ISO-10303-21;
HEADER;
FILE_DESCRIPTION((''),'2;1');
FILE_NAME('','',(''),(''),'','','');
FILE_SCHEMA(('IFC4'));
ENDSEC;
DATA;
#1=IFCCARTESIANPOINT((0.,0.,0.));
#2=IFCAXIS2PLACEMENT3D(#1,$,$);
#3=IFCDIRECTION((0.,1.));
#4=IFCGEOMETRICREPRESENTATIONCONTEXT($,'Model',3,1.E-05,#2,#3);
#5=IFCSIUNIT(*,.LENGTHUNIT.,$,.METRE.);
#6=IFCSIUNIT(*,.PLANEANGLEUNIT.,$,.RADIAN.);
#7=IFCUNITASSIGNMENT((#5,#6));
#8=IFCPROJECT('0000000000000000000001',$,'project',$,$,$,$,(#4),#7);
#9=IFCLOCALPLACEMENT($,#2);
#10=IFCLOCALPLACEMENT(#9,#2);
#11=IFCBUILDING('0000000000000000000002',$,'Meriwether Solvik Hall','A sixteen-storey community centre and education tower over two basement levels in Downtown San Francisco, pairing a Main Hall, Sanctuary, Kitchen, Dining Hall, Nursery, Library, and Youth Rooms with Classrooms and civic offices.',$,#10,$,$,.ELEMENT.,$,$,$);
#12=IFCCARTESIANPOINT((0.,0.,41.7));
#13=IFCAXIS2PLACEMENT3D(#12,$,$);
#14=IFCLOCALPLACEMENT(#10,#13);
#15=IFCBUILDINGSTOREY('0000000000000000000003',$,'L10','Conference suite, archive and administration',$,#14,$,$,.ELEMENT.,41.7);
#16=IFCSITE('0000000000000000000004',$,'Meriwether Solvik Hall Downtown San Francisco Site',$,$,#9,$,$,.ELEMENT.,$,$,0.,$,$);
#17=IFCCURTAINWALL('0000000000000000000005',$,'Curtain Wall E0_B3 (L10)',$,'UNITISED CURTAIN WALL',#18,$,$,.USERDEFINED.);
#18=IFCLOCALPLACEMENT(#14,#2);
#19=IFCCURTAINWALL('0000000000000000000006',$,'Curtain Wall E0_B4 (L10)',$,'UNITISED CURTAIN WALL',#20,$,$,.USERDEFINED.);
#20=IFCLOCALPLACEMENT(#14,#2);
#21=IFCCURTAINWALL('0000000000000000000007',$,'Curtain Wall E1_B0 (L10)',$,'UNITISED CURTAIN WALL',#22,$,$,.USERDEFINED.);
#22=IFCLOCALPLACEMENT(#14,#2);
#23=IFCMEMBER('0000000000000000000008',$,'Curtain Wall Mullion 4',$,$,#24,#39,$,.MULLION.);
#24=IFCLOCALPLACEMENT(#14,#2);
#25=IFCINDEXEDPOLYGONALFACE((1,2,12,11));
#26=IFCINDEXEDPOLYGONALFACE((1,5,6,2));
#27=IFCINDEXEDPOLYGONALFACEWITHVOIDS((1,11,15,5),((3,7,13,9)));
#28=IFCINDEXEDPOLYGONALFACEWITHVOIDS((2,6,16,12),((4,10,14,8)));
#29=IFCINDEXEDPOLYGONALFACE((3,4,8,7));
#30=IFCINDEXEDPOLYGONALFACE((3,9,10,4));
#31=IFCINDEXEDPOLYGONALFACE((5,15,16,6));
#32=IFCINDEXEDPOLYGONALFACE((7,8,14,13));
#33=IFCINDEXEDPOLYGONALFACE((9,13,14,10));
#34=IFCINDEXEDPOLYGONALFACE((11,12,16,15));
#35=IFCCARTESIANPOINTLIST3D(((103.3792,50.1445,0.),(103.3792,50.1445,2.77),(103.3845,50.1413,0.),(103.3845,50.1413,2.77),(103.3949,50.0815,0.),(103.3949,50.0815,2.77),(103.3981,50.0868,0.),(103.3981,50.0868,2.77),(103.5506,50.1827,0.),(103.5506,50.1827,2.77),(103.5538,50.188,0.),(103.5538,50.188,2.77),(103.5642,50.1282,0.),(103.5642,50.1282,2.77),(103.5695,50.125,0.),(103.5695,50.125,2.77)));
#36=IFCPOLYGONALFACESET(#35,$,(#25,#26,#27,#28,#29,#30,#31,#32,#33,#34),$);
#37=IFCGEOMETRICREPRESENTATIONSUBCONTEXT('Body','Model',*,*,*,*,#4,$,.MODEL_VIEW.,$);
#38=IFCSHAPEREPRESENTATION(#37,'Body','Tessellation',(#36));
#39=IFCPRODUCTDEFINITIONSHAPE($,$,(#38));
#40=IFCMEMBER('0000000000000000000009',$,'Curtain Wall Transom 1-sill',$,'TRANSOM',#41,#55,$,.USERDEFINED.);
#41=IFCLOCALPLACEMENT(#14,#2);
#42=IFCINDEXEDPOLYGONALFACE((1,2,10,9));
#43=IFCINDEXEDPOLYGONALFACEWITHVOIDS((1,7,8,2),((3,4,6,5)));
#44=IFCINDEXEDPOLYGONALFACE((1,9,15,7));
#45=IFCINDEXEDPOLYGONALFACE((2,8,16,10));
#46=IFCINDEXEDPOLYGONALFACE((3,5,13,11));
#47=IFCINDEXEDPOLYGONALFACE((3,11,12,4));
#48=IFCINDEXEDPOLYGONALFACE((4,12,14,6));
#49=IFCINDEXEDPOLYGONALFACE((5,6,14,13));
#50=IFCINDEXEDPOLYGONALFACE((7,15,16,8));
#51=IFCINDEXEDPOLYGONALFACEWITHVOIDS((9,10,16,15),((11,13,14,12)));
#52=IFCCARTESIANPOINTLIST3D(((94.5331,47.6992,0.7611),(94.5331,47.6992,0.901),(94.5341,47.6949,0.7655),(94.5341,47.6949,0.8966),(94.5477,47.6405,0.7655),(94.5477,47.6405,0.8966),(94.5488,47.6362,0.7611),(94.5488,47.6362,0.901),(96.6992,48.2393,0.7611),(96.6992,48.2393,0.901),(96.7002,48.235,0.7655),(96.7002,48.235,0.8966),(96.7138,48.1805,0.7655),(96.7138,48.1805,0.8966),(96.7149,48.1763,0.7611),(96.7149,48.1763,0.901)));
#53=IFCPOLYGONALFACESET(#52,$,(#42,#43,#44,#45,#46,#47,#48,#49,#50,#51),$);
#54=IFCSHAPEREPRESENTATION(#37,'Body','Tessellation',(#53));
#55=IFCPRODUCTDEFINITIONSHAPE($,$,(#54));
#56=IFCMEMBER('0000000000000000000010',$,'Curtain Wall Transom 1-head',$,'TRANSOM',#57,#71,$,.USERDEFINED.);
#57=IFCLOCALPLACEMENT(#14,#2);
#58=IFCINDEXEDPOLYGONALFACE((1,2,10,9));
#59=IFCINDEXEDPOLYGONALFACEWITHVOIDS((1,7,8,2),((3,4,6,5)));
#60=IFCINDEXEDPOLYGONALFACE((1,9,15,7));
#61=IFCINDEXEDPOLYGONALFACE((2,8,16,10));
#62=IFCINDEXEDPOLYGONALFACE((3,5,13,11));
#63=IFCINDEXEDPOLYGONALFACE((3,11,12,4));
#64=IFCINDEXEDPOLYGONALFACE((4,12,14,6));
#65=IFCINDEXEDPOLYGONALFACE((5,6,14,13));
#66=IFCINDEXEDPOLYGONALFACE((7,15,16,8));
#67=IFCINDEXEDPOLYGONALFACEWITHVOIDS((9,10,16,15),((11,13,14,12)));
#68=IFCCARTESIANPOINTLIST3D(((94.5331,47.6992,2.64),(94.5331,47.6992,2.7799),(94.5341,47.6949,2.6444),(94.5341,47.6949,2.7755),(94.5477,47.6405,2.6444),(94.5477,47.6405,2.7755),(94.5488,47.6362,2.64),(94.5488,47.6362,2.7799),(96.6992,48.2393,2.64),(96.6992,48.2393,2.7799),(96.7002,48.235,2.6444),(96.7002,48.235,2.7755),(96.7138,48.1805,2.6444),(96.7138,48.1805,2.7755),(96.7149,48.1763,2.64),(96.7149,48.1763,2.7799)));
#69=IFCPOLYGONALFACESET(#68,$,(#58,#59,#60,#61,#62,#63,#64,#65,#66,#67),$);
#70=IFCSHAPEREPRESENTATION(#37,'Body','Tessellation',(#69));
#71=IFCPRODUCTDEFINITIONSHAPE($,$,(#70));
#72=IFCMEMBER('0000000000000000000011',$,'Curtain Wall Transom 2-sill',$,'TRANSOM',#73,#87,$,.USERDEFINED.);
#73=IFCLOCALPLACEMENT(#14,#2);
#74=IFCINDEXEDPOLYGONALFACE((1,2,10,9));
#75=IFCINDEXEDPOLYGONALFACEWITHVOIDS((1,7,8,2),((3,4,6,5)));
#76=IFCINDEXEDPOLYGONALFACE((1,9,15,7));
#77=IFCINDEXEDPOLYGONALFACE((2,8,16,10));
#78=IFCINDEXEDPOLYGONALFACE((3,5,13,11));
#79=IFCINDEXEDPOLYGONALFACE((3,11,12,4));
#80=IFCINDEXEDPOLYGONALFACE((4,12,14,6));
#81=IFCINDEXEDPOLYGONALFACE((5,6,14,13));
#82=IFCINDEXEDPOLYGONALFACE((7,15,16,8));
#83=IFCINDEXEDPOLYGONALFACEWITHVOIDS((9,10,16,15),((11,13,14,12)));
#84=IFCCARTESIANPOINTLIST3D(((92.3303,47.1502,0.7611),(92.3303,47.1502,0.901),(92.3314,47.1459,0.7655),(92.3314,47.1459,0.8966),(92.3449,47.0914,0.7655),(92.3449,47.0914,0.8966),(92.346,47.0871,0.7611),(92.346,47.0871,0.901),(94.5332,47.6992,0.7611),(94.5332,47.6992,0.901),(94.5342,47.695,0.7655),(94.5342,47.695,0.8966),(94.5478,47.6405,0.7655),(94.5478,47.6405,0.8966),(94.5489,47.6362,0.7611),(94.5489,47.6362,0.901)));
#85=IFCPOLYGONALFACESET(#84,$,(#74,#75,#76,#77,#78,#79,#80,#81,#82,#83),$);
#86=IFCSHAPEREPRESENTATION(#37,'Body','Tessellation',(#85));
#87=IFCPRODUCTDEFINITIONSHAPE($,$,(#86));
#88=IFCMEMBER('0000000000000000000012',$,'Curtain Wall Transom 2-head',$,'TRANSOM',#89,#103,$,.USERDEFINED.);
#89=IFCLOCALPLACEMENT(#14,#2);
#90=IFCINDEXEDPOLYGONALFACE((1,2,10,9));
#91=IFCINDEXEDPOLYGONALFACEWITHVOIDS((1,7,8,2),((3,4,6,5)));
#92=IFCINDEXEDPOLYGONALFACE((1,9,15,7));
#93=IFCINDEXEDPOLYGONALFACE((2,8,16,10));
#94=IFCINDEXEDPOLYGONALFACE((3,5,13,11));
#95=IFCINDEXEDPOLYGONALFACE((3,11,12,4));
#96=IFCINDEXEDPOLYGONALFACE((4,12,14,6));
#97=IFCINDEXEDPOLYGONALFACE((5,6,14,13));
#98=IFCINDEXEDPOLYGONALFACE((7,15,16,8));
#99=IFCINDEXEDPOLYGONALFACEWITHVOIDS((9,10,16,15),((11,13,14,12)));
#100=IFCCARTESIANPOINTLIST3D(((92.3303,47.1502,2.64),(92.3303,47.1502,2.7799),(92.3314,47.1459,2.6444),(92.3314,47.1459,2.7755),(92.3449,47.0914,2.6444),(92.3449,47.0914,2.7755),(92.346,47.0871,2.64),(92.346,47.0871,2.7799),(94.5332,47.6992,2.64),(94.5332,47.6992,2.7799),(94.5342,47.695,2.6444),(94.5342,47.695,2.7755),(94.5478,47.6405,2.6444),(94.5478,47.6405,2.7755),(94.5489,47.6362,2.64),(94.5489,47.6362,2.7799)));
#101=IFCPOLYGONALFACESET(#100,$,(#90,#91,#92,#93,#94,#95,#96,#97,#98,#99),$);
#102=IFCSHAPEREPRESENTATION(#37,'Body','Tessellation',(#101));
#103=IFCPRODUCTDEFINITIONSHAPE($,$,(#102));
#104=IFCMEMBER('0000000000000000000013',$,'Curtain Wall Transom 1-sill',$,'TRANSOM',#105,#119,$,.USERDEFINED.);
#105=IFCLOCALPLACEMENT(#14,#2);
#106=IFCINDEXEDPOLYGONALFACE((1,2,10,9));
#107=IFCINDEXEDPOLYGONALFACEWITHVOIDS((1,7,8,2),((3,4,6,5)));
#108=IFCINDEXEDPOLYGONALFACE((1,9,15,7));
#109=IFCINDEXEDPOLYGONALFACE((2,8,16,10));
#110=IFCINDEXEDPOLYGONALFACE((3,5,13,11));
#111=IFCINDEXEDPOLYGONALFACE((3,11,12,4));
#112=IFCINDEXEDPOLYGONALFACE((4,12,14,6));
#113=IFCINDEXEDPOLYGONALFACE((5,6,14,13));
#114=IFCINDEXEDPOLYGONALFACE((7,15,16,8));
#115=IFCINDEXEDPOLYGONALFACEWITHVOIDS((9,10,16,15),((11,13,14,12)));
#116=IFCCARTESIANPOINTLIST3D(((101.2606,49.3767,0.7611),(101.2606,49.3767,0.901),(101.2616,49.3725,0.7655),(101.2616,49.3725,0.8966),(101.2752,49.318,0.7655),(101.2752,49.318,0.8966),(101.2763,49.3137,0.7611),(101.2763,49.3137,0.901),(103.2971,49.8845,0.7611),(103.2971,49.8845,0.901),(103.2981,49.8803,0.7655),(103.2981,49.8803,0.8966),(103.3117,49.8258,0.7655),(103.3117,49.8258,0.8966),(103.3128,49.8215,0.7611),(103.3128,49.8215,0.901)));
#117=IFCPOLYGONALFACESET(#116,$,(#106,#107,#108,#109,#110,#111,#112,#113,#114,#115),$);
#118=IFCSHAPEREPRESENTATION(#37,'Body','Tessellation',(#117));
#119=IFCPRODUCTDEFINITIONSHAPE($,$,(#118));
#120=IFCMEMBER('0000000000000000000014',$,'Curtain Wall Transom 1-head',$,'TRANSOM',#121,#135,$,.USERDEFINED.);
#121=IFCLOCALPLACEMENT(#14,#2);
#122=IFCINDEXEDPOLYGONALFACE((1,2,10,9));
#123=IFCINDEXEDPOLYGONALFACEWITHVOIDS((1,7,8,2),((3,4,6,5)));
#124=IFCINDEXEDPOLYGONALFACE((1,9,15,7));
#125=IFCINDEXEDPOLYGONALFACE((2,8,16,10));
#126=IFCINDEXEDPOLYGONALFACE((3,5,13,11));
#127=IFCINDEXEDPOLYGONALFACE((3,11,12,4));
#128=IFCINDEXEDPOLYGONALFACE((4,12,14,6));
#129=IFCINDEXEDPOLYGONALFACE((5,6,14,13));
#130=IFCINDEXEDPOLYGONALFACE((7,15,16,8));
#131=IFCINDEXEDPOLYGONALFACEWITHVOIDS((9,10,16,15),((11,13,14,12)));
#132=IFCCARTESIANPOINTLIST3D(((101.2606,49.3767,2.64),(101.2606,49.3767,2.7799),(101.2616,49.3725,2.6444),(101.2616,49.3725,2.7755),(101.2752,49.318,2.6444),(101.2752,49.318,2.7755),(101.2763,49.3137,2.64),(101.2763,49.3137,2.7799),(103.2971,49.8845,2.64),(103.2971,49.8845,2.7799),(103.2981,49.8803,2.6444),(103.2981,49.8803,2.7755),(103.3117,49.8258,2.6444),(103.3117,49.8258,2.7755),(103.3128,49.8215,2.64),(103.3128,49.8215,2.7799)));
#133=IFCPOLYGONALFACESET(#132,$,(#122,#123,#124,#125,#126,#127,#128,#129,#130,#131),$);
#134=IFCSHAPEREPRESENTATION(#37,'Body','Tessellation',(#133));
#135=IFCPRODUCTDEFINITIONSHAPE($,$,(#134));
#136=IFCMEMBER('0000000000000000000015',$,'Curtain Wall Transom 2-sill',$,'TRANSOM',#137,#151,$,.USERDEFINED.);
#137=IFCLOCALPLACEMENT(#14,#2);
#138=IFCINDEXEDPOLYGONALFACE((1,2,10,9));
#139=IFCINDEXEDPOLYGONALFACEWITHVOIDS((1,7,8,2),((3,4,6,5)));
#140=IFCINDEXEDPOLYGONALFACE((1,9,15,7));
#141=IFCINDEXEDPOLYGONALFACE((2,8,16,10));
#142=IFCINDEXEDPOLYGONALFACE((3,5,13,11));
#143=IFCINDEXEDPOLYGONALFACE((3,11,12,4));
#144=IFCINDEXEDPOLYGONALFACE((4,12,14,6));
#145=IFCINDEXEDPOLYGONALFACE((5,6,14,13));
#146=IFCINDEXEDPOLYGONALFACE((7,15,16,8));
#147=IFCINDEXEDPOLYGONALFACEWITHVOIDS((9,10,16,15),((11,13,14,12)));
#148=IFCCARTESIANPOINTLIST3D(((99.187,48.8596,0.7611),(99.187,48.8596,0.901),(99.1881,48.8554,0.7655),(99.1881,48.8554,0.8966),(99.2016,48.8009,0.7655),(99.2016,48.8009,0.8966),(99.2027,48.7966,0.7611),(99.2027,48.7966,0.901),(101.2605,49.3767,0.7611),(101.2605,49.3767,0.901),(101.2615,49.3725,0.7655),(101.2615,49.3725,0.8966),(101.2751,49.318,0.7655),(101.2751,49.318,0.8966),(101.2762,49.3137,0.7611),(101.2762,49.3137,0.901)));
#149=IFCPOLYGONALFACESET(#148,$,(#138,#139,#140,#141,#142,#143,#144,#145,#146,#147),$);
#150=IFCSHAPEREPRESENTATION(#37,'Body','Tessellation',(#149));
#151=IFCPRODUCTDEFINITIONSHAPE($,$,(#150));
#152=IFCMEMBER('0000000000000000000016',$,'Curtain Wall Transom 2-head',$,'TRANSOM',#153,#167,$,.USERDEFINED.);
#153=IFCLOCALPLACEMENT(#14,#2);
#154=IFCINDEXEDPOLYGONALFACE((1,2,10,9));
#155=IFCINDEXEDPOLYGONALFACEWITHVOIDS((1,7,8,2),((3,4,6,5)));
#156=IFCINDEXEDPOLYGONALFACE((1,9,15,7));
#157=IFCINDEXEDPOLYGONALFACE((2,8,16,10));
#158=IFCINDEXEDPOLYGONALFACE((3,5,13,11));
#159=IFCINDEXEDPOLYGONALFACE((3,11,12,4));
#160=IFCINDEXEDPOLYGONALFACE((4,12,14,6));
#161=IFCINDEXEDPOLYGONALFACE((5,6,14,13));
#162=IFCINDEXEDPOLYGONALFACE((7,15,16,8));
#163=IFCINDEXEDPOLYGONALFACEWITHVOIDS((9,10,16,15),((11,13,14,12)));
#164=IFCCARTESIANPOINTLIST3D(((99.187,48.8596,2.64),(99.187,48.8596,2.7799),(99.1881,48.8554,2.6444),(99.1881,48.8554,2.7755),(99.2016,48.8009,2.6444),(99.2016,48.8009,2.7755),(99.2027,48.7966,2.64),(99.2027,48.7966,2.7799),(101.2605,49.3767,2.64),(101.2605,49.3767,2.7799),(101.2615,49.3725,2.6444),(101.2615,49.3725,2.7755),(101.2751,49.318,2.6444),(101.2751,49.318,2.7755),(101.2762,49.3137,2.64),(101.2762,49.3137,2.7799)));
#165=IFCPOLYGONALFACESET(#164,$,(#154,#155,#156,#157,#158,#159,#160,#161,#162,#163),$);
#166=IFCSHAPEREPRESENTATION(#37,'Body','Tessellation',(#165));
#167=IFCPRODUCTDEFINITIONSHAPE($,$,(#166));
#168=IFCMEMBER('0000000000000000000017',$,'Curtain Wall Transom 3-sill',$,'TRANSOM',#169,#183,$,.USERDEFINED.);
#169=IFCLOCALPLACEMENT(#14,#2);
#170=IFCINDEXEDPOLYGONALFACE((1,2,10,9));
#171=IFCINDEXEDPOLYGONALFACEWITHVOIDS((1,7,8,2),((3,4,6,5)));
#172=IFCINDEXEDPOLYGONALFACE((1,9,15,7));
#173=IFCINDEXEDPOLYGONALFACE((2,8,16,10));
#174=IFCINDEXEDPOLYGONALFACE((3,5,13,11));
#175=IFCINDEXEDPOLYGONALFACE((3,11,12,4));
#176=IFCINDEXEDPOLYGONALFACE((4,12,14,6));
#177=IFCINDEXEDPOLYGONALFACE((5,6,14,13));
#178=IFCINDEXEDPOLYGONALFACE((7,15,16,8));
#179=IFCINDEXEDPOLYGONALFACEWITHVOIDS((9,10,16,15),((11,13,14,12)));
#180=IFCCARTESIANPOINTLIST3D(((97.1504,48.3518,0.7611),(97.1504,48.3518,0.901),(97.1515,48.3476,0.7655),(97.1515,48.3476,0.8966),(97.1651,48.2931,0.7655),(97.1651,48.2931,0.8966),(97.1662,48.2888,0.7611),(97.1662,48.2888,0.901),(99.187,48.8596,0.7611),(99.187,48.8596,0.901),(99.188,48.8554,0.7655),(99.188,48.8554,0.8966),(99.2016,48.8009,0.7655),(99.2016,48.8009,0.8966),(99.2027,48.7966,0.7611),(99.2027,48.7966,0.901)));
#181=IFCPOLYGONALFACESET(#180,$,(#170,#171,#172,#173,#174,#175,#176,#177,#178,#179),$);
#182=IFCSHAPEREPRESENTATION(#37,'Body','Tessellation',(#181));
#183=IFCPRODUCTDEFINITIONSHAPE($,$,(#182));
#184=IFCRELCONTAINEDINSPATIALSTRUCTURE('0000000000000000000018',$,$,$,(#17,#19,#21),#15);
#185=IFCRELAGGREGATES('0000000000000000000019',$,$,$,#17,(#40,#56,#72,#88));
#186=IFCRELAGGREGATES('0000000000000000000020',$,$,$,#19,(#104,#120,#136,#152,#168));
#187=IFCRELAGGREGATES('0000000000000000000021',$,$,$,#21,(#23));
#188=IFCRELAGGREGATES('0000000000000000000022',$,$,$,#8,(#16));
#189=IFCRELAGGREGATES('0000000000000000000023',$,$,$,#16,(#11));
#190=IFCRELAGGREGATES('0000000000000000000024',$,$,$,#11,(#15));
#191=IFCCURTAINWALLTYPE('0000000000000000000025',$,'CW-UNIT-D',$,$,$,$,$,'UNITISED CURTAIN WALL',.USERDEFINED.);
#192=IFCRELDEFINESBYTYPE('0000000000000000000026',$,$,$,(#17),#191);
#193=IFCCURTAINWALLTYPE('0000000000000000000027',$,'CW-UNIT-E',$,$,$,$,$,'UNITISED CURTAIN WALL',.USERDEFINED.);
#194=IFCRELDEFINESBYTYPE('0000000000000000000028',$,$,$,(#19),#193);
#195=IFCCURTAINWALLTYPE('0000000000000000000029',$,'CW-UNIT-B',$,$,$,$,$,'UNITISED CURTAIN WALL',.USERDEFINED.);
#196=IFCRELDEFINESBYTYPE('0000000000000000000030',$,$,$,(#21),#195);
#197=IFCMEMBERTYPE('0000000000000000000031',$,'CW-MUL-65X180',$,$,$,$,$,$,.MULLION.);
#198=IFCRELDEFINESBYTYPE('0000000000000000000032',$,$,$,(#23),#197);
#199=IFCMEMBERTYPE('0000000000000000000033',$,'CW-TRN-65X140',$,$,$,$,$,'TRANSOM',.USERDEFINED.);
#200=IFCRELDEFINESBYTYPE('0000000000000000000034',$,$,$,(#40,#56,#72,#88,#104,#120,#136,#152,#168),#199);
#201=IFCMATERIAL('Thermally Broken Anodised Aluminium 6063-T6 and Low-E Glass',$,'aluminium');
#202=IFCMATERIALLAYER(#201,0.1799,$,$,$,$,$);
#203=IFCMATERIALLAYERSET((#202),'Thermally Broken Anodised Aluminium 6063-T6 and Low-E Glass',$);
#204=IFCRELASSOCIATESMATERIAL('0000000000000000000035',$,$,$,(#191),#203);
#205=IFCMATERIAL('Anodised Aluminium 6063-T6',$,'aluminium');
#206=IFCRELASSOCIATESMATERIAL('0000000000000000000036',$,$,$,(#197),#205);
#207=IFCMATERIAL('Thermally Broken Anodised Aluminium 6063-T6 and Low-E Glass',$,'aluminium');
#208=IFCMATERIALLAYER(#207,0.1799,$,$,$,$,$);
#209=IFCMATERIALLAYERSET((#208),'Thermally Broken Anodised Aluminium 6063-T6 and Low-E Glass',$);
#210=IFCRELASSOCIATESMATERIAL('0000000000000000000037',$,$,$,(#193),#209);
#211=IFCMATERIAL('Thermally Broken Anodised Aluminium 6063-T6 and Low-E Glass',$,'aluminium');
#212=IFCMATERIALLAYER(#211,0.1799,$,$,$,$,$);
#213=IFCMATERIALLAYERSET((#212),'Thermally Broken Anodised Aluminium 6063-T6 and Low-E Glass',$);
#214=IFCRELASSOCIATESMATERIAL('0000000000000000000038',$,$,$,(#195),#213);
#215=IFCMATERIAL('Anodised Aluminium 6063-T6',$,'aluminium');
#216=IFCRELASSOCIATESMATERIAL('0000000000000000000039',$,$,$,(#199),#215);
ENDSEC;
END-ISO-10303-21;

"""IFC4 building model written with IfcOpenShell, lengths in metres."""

from ifc_helpers import new_model, si_unit, direction, frame, origin, origin_2d, place, context, subcontext, project, spatial, hollow_rectangle, extrude, material, layer, layer_set, material_profile, profile_set, type_object, element, aggregate, save


model = new_model("IFC4")

# Units and contexts
model_context = context("Model", 3, precision=1e-05, world=origin(), true_north=direction((0.0, 1.0)))
body_context = subcontext(model_context, "Body", "Model", "MODEL_VIEW")
ifc_project = project(units=[si_unit("LENGTHUNIT", "METRE"), si_unit("PLANEANGLEUNIT", "RADIAN")], contexts=[model_context])

# Site, building, storey
site_placement = place(None, origin())
site = spatial("IfcSite", under=ifc_project, at=site_placement, Name="Meriwether Solvik Hall Downtown San Francisco Site", CompositionType="ELEMENT", RefElevation=0.0)
building_placement = place(site_placement, origin())
building = spatial("IfcBuilding", under=site, at=building_placement, Name="Meriwether Solvik Hall", Description="A sixteen-storey community centre and education tower over two basement levels in Downtown San Francisco, pairing a Main Hall, Sanctuary, Kitchen, Dining Hall, Nursery, Library, and Youth Rooms with Classrooms and civic offices.", CompositionType="ELEMENT")
storey_placement = place(building_placement, frame((0.0, 0.0, 41.7)))
storey = spatial("IfcBuildingStorey", under=building, at=storey_placement, Name="L10", Description="Conference suite, archive and administration", CompositionType="ELEMENT", Elevation=41.7)

# Curtain wall
ifc_material_1 = material(Name="Thermally Broken Anodised Aluminium 6063-T6 and Low-E Glass", Category="aluminium")
ifc_layer_1 = layer(ifc_material_1, 0.1799)
ifc_layer_set_1 = layer_set([ifc_layer_1], Name="Thermally Broken Anodised Aluminium 6063-T6 and Low-E Glass")
curtain_wall_type_1 = type_object("IfcCurtainWallType", Name="CW-UNIT-D", ElementType="UNITISED CURTAIN WALL", PredefinedType="USERDEFINED", material=ifc_layer_set_1)
curtain_wall_1_placement = place(storey_placement, origin())
curtain_wall_1 = element("IfcCurtainWall", 1, at=curtain_wall_1_placement, inside=storey, type_object=curtain_wall_type_1, Name="Curtain Wall E0_B3 (L10)", ObjectType="UNITISED CURTAIN WALL", PredefinedType="USERDEFINED")
ifc_material_2 = material(Name="Anodised Aluminium 6063-T6", Category="aluminium")
ifc_material_profile_1 = material_profile(ifc_material_2, hollow_rectangle(XDim=0.0649, YDim=0.1799, WallThickness=0.0044, at=origin_2d()), Name="CWM-65X180")
ifc_profile_set_1 = profile_set([ifc_material_profile_1], Name="Anodised Aluminium 6063-T6")
member_type_1 = type_object("IfcMemberType", Name="CW-MUL-65X180", PredefinedType="MULLION", material=ifc_profile_set_1)

# Curtain walls, member
ifc_material_3 = material(Name="Thermally Broken Anodised Aluminium 6063-T6 and Low-E Glass", Category="aluminium")
ifc_layer_2 = layer(ifc_material_3, 0.1799)
ifc_layer_set_2 = layer_set([ifc_layer_2], Name="Thermally Broken Anodised Aluminium 6063-T6 and Low-E Glass")
curtain_wall_type_2 = type_object("IfcCurtainWallType", Name="CW-UNIT-E", ElementType="UNITISED CURTAIN WALL", PredefinedType="USERDEFINED", material=ifc_layer_set_2)
curtain_wall_2_placement = place(storey_placement, origin())
curtain_wall_2 = element("IfcCurtainWall", 2, at=curtain_wall_2_placement, inside=storey, type_object=curtain_wall_type_2, Name="Curtain Wall E0_B4 (L10)", ObjectType="UNITISED CURTAIN WALL", PredefinedType="USERDEFINED")
ifc_material_4 = material(Name="Thermally Broken Anodised Aluminium 6063-T6 and Low-E Glass", Category="aluminium")
ifc_layer_3 = layer(ifc_material_4, 0.1799)
ifc_layer_set_3 = layer_set([ifc_layer_3], Name="Thermally Broken Anodised Aluminium 6063-T6 and Low-E Glass")
curtain_wall_type_3 = type_object("IfcCurtainWallType", Name="CW-UNIT-B", ElementType="UNITISED CURTAIN WALL", PredefinedType="USERDEFINED", material=ifc_layer_set_3)
curtain_wall_3_placement = place(storey_placement, origin())
curtain_wall_3 = element("IfcCurtainWall", 3, at=curtain_wall_3_placement, inside=storey, type_object=curtain_wall_type_3, Name="Curtain Wall E1_B0 (L10)", ObjectType="UNITISED CURTAIN WALL", PredefinedType="USERDEFINED")
member_1_placement = place(storey_placement, frame((103.4744, 50.1348, 0.0), z_axis=(0.0, 0.0, 1.0), x_axis=(0.241922, -0.970296, 0.0)))
member_1 = element("IfcMember", 4, at=member_1_placement, type_object=member_type_1, Name="Curtain Wall Mullion 4", PredefinedType="MULLION", context=body_context, shape_type="SweptSolid", body=[
    extrude(hollow_rectangle(XDim=0.0649, YDim=0.1799, WallThickness=0.0044, at=origin_2d()), origin(), (0.0, 0.0, 1.0), 2.77),
])

# Members
ifc_material_5 = material(Name="Anodised Aluminium 6063-T6", Category="aluminium")
ifc_material_profile_2 = material_profile(ifc_material_5, hollow_rectangle(XDim=0.0649, YDim=0.1399, WallThickness=0.0044, at=origin_2d()), Name="CWT-65X140")
ifc_profile_set_2 = profile_set([ifc_material_profile_2], Name="Anodised Aluminium 6063-T6")
member_type_2 = type_object("IfcMemberType", Name="CW-TRN-65X140", ElementType="TRANSOM", PredefinedType="USERDEFINED", material=ifc_profile_set_2)
member_2_placement = place(storey_placement, frame((96.707, 48.2078, 0.8311), z_axis=(-0.970297, -0.241918, 0.0), x_axis=(0.241918, -0.970297, 0.0)))
member_2 = element("IfcMember", 5, at=member_2_placement, type_object=member_type_2, Name="Curtain Wall Transom 1-sill", ObjectType="TRANSOM", PredefinedType="USERDEFINED", context=body_context, shape_type="SweptSolid", body=[
    extrude(hollow_rectangle(XDim=0.0649, YDim=0.1399, WallThickness=0.0044, at=origin_2d()), origin(), (0.0, 0.0, 1.0), 2.2324),
])
member_3_placement = place(storey_placement, frame((96.707, 48.2078, 2.71), z_axis=(-0.970297, -0.241918, 0.0), x_axis=(0.241918, -0.970297, 0.0)))
member_3 = element("IfcMember", 6, at=member_3_placement, type_object=member_type_2, Name="Curtain Wall Transom 1-head", ObjectType="TRANSOM", PredefinedType="USERDEFINED", context=body_context, shape_type="SweptSolid", body=[
    extrude(hollow_rectangle(XDim=0.0649, YDim=0.1399, WallThickness=0.0044, at=origin_2d()), origin(), (0.0, 0.0, 1.0), 2.2324),
])
member_4_placement = place(storey_placement, frame((94.541, 47.6677, 0.8311), z_axis=(-0.970313, -0.241852, 0.0), x_axis=(0.241852, -0.970313, 0.0)))
member_4 = element("IfcMember", 7, at=member_4_placement, type_object=member_type_2, Name="Curtain Wall Transom 2-sill", ObjectType="TRANSOM", PredefinedType="USERDEFINED", context=body_context, shape_type="SweptSolid", body=[
    extrude(hollow_rectangle(XDim=0.0649, YDim=0.1399, WallThickness=0.0044, at=origin_2d()), origin(), (0.0, 0.0, 1.0), 2.2703),
])
member_5_placement = place(storey_placement, frame((94.541, 47.6677, 2.71), z_axis=(-0.970313, -0.241852, 0.0), x_axis=(0.241852, -0.970313, 0.0)))
member_5 = element("IfcMember", 8, at=member_5_placement, type_object=member_type_2, Name="Curtain Wall Transom 2-head", ObjectType="TRANSOM", PredefinedType="USERDEFINED", context=body_context, shape_type="SweptSolid", body=[
    extrude(hollow_rectangle(XDim=0.0649, YDim=0.1399, WallThickness=0.0044, at=origin_2d()), origin(), (0.0, 0.0, 1.0), 2.2703),
])
member_6_placement = place(storey_placement, frame((103.3049, 49.853, 0.8311), z_axis=(-0.970293, -0.241933, 0.0), x_axis=(0.241933, -0.970293, 0.0)))
member_6 = element("IfcMember", 9, at=member_6_placement, type_object=member_type_2, Name="Curtain Wall Transom 1-sill", ObjectType="TRANSOM", PredefinedType="USERDEFINED", context=body_context, shape_type="SweptSolid", body=[
    extrude(hollow_rectangle(XDim=0.0649, YDim=0.1399, WallThickness=0.0044, at=origin_2d()), origin(), (0.0, 0.0, 1.0), 2.0989),
])
member_7_placement = place(storey_placement, frame((103.3049, 49.853, 2.71), z_axis=(-0.970293, -0.241933, 0.0), x_axis=(0.241933, -0.970293, 0.0)))
member_7 = element("IfcMember", 10, at=member_7_placement, type_object=member_type_2, Name="Curtain Wall Transom 1-head", ObjectType="TRANSOM", PredefinedType="USERDEFINED", context=body_context, shape_type="SweptSolid", body=[
    extrude(hollow_rectangle(XDim=0.0649, YDim=0.1399, WallThickness=0.0044, at=origin_2d()), origin(), (0.0, 0.0, 1.0), 2.0989),
])
member_8_placement = place(storey_placement, frame((101.2683, 49.3452, 0.8311), z_axis=(-0.970283, -0.241971, 0.0), x_axis=(0.241971, -0.970283, 0.0)))
member_8 = element("IfcMember", 11, at=member_8_placement, type_object=member_type_2, Name="Curtain Wall Transom 2-sill", ObjectType="TRANSOM", PredefinedType="USERDEFINED", context=body_context, shape_type="SweptSolid", body=[
    extrude(hollow_rectangle(XDim=0.0649, YDim=0.1399, WallThickness=0.0044, at=origin_2d()), origin(), (0.0, 0.0, 1.0), 2.137),
])
member_9_placement = place(storey_placement, frame((101.2683, 49.3452, 2.71), z_axis=(-0.970283, -0.241971, 0.0), x_axis=(0.241971, -0.970283, 0.0)))
member_9 = element("IfcMember", 12, at=member_9_placement, type_object=member_type_2, Name="Curtain Wall Transom 2-head", ObjectType="TRANSOM", PredefinedType="USERDEFINED", context=body_context, shape_type="SweptSolid", body=[
    extrude(hollow_rectangle(XDim=0.0649, YDim=0.1399, WallThickness=0.0044, at=origin_2d()), origin(), (0.0, 0.0, 1.0), 2.137),
])
member_10_placement = place(storey_placement, frame((99.1948, 48.8281, 0.8311), z_axis=(-0.970293, -0.241933, 0.0), x_axis=(0.241933, -0.970293, 0.0)))
member_10 = element("IfcMember", 13, at=member_10_placement, type_object=member_type_2, Name="Curtain Wall Transom 3-sill", ObjectType="TRANSOM", PredefinedType="USERDEFINED", context=body_context, shape_type="SweptSolid", body=[
    extrude(hollow_rectangle(XDim=0.0649, YDim=0.1399, WallThickness=0.0044, at=origin_2d()), origin(), (0.0, 0.0, 1.0), 2.0989),
])

aggregate(curtain_wall_1, [member_2, member_3, member_4, member_5])
aggregate(curtain_wall_2, [member_6, member_7, member_8, member_9, member_10])
aggregate(curtain_wall_3, [member_1])

save(model, "model.ifc")
